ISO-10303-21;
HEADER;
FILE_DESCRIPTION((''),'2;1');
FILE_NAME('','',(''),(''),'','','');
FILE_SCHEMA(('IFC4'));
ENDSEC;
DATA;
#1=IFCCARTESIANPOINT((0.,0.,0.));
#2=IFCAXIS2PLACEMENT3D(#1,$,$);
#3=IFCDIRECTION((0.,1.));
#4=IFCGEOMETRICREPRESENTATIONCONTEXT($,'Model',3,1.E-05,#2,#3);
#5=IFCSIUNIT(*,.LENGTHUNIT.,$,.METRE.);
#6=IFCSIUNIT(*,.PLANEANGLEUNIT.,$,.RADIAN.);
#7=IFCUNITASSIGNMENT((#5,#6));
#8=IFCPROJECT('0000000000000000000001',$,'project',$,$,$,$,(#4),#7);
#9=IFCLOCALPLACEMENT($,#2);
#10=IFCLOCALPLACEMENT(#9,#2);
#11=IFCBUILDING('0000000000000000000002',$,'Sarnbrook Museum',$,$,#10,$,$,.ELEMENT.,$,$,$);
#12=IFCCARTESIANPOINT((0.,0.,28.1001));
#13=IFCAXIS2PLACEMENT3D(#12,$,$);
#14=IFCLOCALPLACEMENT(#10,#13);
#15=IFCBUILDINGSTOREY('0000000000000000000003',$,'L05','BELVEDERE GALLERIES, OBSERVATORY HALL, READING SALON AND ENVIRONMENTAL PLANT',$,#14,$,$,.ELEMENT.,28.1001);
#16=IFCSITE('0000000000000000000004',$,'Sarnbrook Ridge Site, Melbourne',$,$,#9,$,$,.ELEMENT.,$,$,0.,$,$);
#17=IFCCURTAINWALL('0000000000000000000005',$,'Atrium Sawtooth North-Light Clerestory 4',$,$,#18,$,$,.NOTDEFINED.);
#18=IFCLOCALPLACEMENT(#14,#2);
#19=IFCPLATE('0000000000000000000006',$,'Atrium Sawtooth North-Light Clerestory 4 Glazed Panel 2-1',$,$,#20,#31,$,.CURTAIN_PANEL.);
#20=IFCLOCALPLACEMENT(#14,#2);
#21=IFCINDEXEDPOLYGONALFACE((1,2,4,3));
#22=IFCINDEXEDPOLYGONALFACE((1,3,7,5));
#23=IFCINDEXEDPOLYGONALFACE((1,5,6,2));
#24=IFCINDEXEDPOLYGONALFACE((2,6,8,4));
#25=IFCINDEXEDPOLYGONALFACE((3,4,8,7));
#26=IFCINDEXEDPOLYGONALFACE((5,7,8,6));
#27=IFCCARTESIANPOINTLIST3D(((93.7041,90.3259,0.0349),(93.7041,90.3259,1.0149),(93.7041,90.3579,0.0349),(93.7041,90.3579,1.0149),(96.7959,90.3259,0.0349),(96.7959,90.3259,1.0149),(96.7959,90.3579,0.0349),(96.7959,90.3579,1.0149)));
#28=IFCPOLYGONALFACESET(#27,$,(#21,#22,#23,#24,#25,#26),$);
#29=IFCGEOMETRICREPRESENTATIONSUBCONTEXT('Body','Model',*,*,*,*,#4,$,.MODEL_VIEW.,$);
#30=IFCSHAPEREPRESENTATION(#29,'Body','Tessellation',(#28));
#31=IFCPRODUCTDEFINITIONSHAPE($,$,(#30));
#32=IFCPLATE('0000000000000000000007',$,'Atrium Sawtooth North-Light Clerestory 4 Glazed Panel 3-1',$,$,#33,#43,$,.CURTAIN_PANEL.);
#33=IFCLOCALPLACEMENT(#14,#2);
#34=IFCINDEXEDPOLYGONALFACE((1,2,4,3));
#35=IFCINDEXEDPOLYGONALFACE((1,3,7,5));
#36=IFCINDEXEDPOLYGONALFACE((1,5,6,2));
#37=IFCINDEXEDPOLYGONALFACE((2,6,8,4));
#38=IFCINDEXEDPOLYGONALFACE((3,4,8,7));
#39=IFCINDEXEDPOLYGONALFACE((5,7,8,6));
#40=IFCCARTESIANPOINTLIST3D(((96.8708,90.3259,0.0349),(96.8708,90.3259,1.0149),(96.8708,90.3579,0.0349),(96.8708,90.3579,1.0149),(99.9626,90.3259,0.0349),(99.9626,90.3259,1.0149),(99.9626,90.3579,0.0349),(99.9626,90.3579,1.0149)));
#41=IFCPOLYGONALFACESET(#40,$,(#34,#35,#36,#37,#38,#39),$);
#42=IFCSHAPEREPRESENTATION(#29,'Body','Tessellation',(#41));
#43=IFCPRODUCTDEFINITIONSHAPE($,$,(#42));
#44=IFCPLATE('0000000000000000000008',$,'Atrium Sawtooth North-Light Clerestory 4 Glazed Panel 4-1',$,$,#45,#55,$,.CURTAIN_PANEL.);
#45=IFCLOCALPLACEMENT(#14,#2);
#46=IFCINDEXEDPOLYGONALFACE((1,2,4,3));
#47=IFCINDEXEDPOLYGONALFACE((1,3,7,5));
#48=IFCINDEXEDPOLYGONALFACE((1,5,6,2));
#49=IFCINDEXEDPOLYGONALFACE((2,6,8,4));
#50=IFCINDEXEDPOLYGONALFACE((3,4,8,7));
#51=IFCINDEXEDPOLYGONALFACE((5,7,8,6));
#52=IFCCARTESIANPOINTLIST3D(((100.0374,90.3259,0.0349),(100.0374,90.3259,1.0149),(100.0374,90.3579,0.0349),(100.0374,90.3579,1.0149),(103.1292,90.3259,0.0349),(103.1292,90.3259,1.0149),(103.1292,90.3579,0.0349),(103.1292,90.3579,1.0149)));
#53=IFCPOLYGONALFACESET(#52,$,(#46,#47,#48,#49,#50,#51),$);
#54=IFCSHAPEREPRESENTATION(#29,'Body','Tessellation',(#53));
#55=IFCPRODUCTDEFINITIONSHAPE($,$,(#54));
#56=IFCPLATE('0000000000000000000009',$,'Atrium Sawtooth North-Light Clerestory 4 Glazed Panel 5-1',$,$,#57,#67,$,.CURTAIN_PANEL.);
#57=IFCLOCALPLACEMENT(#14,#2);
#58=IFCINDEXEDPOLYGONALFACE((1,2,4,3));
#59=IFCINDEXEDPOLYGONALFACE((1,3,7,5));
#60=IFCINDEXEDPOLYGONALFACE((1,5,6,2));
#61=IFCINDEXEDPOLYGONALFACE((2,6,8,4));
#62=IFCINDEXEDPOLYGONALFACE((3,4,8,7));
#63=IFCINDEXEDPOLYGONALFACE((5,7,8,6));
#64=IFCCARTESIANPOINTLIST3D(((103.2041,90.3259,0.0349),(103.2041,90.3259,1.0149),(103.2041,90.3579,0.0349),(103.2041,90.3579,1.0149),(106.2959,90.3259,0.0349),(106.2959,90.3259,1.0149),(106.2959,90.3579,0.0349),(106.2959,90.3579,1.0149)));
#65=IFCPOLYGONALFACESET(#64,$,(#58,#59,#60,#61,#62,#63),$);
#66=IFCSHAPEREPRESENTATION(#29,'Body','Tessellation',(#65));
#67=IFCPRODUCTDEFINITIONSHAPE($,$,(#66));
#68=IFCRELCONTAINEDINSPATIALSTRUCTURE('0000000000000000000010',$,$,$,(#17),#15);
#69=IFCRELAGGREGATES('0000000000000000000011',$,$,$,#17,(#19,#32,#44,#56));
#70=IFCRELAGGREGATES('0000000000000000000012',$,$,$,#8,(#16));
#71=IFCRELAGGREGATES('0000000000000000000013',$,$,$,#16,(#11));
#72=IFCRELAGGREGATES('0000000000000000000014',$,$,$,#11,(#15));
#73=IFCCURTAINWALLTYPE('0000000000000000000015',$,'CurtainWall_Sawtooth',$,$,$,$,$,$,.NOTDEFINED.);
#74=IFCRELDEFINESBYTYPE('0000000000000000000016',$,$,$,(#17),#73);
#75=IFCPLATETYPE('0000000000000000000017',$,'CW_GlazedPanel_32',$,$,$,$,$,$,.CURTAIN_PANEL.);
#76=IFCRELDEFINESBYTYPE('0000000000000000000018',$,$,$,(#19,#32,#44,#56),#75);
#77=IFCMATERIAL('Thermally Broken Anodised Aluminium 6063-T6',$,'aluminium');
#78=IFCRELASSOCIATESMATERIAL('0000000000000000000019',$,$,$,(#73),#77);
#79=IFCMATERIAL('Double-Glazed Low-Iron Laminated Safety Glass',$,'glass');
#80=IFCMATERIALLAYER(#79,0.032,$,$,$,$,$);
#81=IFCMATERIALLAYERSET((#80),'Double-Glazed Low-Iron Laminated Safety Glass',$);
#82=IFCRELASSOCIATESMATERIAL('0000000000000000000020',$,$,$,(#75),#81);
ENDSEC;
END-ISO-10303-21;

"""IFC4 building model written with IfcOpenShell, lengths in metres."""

from ifc_helpers import new_model, si_unit, direction, frame, origin, origin_2d, place, context, subcontext, project, spatial, rectangle, extrude, material, layer, layer_set, type_object, element, aggregate, save


model = new_model("IFC4")

# Units and contexts
model_context = context("Model", 3, precision=1e-05, world=origin(), true_north=direction((0.0, 1.0)))
body_context = subcontext(model_context, "Body", "Model", "MODEL_VIEW")
ifc_project = project(units=[si_unit("LENGTHUNIT", "METRE"), si_unit("PLANEANGLEUNIT", "RADIAN")], contexts=[model_context])

# Site, building, storey
site_placement = place(None, origin())
site = spatial("IfcSite", under=ifc_project, at=site_placement, Name="Sarnbrook Ridge Site, Melbourne", CompositionType="ELEMENT", RefElevation=0.0)
building_placement = place(site_placement, origin())
building = spatial("IfcBuilding", under=site, at=building_placement, Name="Sarnbrook Museum", CompositionType="ELEMENT")
storey_placement = place(building_placement, frame((0.0, 0.0, 28.1001)))
storey = spatial("IfcBuildingStorey", under=building, at=storey_placement, Name="L05", Description="BELVEDERE GALLERIES, OBSERVATORY HALL, READING SALON AND ENVIRONMENTAL PLANT", CompositionType="ELEMENT", Elevation=28.1001)

# Curtain wall
ifc_material_1 = material(Name="Thermally Broken Anodised Aluminium 6063-T6", Category="aluminium")
curtain_wall_type = type_object("IfcCurtainWallType", Name="CurtainWall_Sawtooth", PredefinedType="NOTDEFINED", material=ifc_material_1)
curtain_wall_1_placement = place(storey_placement, origin())
curtain_wall_1 = element("IfcCurtainWall", 1, at=curtain_wall_1_placement, inside=storey, type_object=curtain_wall_type, Name="Atrium Sawtooth North-Light Clerestory 4", PredefinedType="NOTDEFINED")

# Plates
ifc_material_2 = material(Name="Double-Glazed Low-Iron Laminated Safety Glass", Category="glass")
ifc_layer = layer(ifc_material_2, 0.032)
ifc_layer_set = layer_set([ifc_layer], Name="Double-Glazed Low-Iron Laminated Safety Glass")
plate_type = type_object("IfcPlateType", Name="CW_GlazedPanel_32", PredefinedType="CURTAIN_PANEL", material=ifc_layer_set)
plate_1_placement = place(storey_placement, frame((95.25, 90.3579, 0.5249), z_axis=(0.0, -1.0, 0.0), x_axis=(1.0, 0.0, 0.0)))
plate_1 = element("IfcPlate", 2, at=plate_1_placement, type_object=plate_type, Name="Atrium Sawtooth North-Light Clerestory 4 Glazed Panel 2-1", PredefinedType="CURTAIN_PANEL", context=body_context, shape_type="SweptSolid", body=[
    extrude(rectangle(XDim=3.0918, YDim=0.98, at=origin_2d()), origin(), (0.0, 0.0, 1.0), 0.032),
])
plate_2_placement = place(storey_placement, frame((98.4167, 90.3579, 0.5249), z_axis=(0.0, -1.0, 0.0), x_axis=(1.0, 0.0, 0.0)))
plate_2 = element("IfcPlate", 3, at=plate_2_placement, type_object=plate_type, Name="Atrium Sawtooth North-Light Clerestory 4 Glazed Panel 3-1", PredefinedType="CURTAIN_PANEL", context=body_context, shape_type="SweptSolid", body=[
    extrude(rectangle(XDim=3.0918, YDim=0.98, at=origin_2d()), origin(), (0.0, 0.0, 1.0), 0.032),
])
plate_3_placement = place(storey_placement, frame((101.5833, 90.3579, 0.5249), z_axis=(0.0, -1.0, 0.0), x_axis=(1.0, 0.0, 0.0)))
plate_3 = element("IfcPlate", 4, at=plate_3_placement, type_object=plate_type, Name="Atrium Sawtooth North-Light Clerestory 4 Glazed Panel 4-1", PredefinedType="CURTAIN_PANEL", context=body_context, shape_type="SweptSolid", body=[
    extrude(rectangle(XDim=3.0918, YDim=0.98, at=origin_2d()), origin(), (0.0, 0.0, 1.0), 0.032),
])
plate_4_placement = place(storey_placement, frame((104.75, 90.3579, 0.5249), z_axis=(0.0, -1.0, 0.0), x_axis=(1.0, 0.0, 0.0)))
plate_4 = element("IfcPlate", 5, at=plate_4_placement, type_object=plate_type, Name="Atrium Sawtooth North-Light Clerestory 4 Glazed Panel 5-1", PredefinedType="CURTAIN_PANEL", context=body_context, shape_type="SweptSolid", body=[
    extrude(rectangle(XDim=3.0918, YDim=0.98, at=origin_2d()), origin(), (0.0, 0.0, 1.0), 0.032),
])
aggregate(curtain_wall_1, [plate_1, plate_2, plate_3, plate_4])

save(model, "model.ifc")
